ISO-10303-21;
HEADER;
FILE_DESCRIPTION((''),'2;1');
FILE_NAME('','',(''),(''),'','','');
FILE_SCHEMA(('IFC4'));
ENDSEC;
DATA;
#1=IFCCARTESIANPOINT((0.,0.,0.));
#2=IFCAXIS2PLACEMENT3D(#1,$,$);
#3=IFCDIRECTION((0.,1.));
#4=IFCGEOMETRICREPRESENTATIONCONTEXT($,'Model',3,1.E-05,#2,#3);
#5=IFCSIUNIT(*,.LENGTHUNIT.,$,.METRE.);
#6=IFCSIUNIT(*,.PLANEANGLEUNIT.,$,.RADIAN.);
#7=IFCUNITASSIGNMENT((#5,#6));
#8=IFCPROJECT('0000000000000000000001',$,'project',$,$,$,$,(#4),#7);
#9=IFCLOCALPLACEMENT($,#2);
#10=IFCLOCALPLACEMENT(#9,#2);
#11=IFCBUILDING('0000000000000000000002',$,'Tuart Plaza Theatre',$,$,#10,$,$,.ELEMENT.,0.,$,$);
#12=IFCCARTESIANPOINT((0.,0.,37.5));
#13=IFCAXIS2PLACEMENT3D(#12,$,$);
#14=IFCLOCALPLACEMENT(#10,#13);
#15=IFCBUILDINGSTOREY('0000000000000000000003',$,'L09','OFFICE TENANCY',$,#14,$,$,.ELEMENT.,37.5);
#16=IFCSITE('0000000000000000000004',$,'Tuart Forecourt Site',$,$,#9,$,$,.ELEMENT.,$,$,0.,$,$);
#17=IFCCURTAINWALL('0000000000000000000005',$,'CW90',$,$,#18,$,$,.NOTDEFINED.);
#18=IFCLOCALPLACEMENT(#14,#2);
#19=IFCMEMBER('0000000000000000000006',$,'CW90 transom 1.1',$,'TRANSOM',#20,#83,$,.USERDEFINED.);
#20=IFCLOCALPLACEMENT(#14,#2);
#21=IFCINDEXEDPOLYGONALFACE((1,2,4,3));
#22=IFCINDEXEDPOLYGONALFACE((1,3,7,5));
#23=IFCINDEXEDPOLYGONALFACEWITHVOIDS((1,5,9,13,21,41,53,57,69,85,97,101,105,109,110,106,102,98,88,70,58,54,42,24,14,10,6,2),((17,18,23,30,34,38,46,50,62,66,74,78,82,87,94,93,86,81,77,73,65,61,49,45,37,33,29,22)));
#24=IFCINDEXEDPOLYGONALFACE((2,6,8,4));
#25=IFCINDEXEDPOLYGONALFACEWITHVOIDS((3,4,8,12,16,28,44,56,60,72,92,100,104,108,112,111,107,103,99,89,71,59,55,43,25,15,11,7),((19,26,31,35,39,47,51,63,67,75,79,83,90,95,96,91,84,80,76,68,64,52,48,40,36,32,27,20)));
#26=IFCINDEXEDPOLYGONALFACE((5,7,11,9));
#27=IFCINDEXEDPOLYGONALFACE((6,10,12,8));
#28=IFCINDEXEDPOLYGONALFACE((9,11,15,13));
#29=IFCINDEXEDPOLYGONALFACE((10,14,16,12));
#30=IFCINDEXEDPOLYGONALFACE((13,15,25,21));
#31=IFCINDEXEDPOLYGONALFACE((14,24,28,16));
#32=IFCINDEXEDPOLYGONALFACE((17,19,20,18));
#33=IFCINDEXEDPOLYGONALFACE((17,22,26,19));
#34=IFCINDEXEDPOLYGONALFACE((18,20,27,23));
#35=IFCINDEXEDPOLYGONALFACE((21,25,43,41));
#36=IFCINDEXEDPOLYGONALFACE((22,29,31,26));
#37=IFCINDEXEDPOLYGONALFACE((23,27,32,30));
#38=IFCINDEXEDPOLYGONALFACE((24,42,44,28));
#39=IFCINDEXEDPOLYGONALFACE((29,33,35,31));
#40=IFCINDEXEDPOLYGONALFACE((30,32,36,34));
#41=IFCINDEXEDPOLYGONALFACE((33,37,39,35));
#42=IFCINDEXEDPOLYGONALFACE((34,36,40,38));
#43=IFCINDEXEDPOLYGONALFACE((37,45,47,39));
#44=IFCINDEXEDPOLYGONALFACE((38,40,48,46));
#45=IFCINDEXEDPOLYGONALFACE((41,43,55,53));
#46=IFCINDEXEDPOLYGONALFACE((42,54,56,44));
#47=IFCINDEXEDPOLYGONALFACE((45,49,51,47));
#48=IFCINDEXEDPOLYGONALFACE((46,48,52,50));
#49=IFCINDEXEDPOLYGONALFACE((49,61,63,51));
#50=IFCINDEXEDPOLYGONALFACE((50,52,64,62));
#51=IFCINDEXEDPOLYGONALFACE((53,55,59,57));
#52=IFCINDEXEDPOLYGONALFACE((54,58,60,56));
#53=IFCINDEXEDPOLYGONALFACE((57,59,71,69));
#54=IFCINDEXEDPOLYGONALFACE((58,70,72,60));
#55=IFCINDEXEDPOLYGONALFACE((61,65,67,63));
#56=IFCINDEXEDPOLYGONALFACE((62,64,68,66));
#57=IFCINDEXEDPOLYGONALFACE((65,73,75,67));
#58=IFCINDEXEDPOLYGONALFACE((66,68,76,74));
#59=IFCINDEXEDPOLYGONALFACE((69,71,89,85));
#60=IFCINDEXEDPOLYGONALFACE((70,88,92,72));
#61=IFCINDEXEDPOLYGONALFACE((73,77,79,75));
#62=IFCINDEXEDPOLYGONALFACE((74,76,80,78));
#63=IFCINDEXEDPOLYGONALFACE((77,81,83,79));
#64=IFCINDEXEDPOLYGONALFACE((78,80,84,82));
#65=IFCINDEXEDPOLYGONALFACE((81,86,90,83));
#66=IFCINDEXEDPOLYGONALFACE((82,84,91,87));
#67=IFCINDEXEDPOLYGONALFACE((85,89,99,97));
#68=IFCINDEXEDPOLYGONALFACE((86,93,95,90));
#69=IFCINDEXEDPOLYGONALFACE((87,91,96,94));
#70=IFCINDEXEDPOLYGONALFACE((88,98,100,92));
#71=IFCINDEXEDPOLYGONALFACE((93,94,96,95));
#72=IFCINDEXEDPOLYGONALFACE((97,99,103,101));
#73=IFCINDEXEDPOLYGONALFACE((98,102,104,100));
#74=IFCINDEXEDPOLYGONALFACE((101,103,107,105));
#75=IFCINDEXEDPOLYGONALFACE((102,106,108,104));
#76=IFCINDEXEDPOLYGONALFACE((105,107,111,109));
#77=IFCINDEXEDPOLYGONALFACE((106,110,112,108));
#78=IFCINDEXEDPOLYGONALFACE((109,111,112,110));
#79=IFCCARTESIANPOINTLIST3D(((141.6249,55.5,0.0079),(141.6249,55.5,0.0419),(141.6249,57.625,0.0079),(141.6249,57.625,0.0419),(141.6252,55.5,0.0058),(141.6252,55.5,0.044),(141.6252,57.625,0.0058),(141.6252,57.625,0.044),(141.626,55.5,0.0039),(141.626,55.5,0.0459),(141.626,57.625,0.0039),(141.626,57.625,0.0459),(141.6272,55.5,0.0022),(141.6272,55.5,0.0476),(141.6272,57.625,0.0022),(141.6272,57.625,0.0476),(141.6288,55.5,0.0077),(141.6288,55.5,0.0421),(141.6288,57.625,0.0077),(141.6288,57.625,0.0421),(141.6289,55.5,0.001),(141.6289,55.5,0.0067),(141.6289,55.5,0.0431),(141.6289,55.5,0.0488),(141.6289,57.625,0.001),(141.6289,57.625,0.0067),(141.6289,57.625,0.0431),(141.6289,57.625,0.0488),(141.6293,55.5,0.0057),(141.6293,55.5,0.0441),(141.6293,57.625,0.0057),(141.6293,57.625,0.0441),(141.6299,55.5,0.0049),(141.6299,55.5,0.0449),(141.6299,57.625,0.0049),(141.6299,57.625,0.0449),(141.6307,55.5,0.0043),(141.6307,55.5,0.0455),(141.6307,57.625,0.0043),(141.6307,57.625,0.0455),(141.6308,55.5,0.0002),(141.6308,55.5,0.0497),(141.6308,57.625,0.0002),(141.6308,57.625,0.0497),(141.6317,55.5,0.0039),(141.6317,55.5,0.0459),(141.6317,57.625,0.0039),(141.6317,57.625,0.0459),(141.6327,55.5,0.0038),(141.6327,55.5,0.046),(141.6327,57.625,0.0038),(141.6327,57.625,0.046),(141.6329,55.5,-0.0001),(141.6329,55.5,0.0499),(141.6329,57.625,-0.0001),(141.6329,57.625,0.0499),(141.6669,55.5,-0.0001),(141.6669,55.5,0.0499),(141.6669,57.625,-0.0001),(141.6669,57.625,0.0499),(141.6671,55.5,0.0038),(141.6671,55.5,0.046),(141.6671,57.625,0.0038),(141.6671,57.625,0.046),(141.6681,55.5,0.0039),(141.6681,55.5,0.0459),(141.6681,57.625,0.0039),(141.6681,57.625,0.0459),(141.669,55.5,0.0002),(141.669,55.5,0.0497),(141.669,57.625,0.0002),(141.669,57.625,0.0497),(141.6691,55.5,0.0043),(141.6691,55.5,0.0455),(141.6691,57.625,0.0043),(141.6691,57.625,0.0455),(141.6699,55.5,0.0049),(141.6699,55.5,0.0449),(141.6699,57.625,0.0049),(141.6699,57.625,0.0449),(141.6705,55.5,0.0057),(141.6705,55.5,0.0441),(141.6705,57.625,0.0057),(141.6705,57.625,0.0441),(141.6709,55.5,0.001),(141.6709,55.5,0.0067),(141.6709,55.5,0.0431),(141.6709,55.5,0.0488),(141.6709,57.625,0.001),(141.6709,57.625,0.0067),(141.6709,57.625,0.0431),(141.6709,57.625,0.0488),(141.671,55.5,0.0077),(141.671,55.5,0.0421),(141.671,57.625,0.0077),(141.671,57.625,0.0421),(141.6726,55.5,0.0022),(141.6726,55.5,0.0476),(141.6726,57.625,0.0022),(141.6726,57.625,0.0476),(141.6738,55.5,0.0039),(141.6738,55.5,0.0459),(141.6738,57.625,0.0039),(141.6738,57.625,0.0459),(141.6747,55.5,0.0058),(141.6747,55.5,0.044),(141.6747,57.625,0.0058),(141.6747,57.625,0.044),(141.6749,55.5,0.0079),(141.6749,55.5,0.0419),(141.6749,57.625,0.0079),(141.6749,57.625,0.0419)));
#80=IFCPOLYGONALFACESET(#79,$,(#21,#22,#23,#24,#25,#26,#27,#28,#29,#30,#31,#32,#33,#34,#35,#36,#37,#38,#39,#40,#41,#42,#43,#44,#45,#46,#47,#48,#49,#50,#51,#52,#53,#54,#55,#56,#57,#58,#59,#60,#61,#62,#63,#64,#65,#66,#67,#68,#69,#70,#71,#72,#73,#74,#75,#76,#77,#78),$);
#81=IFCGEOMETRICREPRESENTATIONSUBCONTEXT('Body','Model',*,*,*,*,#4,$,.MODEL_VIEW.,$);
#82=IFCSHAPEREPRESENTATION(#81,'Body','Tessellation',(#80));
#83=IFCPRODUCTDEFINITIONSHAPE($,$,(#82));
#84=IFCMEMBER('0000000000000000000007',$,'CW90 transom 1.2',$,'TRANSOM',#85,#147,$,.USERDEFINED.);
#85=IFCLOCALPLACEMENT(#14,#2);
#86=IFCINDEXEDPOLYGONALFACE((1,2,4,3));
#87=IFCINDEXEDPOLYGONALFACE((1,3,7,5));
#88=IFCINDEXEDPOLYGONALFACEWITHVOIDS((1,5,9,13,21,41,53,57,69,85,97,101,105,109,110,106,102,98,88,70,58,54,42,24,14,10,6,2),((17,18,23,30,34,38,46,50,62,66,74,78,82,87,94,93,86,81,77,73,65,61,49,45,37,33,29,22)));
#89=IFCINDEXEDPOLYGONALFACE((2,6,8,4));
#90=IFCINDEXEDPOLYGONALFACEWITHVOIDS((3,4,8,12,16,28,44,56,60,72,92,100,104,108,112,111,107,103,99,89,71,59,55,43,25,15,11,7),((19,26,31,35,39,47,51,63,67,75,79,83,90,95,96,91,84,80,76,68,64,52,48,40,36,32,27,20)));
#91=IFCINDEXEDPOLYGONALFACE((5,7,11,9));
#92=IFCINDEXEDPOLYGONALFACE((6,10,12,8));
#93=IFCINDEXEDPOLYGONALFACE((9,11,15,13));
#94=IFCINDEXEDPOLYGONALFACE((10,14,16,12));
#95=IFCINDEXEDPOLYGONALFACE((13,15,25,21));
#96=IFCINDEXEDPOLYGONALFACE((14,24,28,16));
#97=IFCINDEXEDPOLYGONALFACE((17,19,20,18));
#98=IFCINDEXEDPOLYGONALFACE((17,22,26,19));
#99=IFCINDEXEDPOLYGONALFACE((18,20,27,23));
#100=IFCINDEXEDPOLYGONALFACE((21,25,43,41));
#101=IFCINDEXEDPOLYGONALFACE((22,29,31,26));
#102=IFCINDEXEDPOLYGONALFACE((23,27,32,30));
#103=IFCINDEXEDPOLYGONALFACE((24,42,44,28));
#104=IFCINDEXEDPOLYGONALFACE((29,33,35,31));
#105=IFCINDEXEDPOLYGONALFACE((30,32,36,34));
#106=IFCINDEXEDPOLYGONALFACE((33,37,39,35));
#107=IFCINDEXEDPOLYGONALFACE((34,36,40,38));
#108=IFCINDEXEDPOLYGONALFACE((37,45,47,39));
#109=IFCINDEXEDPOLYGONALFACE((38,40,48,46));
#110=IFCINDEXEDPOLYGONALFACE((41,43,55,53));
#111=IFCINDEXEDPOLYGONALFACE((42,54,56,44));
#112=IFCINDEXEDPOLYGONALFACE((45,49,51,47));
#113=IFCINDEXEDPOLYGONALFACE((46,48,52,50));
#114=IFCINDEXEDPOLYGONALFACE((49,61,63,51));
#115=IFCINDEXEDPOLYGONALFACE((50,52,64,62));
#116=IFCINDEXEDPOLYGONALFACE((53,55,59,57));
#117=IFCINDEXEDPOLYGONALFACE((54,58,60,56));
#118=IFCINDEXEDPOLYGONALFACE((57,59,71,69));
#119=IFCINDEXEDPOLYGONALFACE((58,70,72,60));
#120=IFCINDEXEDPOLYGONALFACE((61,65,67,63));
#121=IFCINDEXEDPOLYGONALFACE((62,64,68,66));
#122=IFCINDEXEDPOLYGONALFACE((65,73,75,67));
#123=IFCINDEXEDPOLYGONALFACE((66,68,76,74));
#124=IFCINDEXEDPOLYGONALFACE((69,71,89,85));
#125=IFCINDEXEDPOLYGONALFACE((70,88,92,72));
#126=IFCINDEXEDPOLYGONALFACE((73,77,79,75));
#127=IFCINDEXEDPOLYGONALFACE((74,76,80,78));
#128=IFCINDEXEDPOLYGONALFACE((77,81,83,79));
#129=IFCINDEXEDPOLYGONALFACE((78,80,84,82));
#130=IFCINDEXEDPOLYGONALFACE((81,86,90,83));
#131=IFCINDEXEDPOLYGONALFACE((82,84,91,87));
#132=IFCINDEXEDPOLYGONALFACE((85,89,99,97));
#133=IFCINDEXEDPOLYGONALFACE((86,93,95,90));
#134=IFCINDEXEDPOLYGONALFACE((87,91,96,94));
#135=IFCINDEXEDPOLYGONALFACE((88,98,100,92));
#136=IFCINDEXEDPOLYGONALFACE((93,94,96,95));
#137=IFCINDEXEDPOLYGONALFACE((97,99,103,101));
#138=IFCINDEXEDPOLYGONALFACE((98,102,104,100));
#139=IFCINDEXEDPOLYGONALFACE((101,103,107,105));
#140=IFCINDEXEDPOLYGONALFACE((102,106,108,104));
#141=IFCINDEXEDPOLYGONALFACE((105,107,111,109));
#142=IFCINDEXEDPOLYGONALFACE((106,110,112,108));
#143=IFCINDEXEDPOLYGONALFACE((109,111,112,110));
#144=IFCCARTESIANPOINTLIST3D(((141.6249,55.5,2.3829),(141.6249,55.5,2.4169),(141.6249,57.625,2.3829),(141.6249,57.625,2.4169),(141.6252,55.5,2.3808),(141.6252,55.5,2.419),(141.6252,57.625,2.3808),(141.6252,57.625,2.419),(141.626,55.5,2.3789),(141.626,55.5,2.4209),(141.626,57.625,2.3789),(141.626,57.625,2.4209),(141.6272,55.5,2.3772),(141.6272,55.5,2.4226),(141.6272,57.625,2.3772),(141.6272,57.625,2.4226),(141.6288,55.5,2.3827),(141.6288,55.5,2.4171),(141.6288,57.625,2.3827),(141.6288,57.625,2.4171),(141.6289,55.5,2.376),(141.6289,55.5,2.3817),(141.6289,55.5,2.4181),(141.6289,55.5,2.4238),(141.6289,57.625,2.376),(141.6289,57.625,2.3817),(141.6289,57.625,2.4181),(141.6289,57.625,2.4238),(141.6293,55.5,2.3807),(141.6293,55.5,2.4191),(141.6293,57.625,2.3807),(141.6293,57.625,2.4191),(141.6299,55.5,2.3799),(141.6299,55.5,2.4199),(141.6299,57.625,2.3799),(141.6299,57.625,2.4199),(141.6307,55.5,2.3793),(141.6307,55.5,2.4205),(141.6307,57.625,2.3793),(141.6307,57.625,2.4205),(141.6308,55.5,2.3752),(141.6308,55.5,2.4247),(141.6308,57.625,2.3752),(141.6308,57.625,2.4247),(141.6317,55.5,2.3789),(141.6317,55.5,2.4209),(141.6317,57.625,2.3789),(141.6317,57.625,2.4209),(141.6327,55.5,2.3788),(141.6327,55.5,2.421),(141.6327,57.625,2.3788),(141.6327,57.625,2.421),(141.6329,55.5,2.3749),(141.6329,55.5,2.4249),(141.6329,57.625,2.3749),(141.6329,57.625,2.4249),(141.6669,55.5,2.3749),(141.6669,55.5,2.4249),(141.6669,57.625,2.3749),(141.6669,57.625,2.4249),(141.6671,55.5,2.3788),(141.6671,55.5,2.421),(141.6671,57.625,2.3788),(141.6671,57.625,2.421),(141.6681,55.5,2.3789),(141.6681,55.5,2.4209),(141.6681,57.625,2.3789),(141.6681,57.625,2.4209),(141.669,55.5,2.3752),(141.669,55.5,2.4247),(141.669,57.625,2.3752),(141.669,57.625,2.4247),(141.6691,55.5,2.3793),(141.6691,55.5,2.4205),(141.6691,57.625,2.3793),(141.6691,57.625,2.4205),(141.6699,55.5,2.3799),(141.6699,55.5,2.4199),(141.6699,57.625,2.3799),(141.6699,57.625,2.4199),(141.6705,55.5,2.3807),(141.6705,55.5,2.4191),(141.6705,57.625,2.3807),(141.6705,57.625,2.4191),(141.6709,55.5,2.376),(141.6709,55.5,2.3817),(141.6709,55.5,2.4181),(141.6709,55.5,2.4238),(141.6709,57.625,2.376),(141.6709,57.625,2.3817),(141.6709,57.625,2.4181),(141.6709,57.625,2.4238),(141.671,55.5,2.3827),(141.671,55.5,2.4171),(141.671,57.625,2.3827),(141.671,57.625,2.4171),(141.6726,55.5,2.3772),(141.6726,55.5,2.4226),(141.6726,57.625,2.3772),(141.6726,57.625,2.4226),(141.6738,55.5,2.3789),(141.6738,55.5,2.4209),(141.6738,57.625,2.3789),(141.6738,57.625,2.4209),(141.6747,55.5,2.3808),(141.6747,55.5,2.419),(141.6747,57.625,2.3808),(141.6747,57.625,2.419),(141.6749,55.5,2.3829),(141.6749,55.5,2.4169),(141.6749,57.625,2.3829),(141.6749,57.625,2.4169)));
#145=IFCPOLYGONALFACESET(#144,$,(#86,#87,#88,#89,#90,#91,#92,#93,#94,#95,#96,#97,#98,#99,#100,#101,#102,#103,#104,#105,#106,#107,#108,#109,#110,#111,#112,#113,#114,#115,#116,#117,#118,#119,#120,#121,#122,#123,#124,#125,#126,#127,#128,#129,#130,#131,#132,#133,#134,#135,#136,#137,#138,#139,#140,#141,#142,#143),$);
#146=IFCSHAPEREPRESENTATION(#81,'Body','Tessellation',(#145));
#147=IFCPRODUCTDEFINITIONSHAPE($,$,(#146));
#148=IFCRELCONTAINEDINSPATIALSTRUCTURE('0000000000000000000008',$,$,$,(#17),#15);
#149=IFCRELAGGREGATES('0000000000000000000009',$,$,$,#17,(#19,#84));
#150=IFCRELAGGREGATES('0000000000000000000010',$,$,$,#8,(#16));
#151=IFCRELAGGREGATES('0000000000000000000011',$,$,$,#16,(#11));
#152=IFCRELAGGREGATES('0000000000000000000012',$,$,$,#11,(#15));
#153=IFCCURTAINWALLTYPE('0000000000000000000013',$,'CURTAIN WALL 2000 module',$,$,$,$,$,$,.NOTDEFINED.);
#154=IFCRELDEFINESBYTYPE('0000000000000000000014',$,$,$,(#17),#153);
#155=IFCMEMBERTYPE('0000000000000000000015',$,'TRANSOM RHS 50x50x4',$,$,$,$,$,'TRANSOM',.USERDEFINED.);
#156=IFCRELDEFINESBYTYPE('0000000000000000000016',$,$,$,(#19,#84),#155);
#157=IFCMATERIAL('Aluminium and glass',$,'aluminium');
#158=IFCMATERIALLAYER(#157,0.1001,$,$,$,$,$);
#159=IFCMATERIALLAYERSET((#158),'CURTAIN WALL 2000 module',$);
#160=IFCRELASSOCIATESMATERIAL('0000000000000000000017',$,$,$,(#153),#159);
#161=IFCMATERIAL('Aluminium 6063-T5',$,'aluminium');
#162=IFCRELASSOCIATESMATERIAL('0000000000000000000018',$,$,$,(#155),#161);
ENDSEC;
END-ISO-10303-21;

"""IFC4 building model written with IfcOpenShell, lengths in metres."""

from ifc_helpers import new_model, si_unit, direction, frame, origin, origin_2d, place, context, subcontext, project, spatial, hollow_rectangle, extrude, material, layer, layer_set, material_profile, profile_set, type_object, element, aggregate, save


model = new_model("IFC4")

# Units and contexts
model_context = context("Model", 3, precision=1e-05, world=origin(), true_north=direction((0.0, 1.0)))
body_context = subcontext(model_context, "Body", "Model", "MODEL_VIEW")
ifc_project = project(units=[si_unit("LENGTHUNIT", "METRE"), si_unit("PLANEANGLEUNIT", "RADIAN")], contexts=[model_context])

# Site, building, storey
site_placement = place(None, origin())
site = spatial("IfcSite", under=ifc_project, at=site_placement, Name="Tuart Forecourt Site", CompositionType="ELEMENT", RefElevation=0.0)
building_placement = place(site_placement, origin())
building = spatial("IfcBuilding", under=site, at=building_placement, Name="Tuart Plaza Theatre", CompositionType="ELEMENT", ElevationOfRefHeight=0.0)
storey_placement = place(building_placement, frame((0.0, 0.0, 37.5)))
storey = spatial("IfcBuildingStorey", under=building, at=storey_placement, Name="L09", Description="OFFICE TENANCY", CompositionType="ELEMENT", Elevation=37.5)

# Shared definitions
ifc_material_1 = material(Name="Aluminium and glass", Category="aluminium")
ifc_layer_1 = layer(ifc_material_1, 0.1001)
ifc_layer_set_1 = layer_set([ifc_layer_1], Name="CURTAIN WALL 2000 module")
curtain_wall_type = type_object("IfcCurtainWallType", Name="CURTAIN WALL 2000 module", PredefinedType="NOTDEFINED", material=ifc_layer_set_1)

# Curtain wall
curtain_wall_1_placement = place(storey_placement, origin())
curtain_wall_1 = element("IfcCurtainWall", 1, at=curtain_wall_1_placement, inside=storey, type_object=curtain_wall_type, Name="CW90", PredefinedType="NOTDEFINED")

# Members
ifc_material_2 = material(Name="Aluminium 6063-T5", Category="aluminium")
ifc_material_profile_1 = material_profile(ifc_material_2, hollow_rectangle(XDim=0.05, YDim=0.05, WallThickness=0.0039, InnerFilletRadius=0.0039, OuterFilletRadius=0.0081, at=origin_2d()), Name="RHS 50x50x4")
ifc_profile_set_1 = profile_set([ifc_material_profile_1], Name="Aluminium 6063-T5")
member_type_1 = type_object("IfcMemberType", Name="TRANSOM RHS 50x50x4", ElementType="TRANSOM", PredefinedType="USERDEFINED", material=ifc_profile_set_1)
member_1_placement = place(storey_placement, frame((141.6499, 55.5, 0.0249), z_axis=(0.0, 1.0, 0.0), x_axis=(-1.0, 0.0, 0.0)))
member_1 = element("IfcMember", 2, at=member_1_placement, type_object=member_type_1, Name="CW90 transom 1.1", ObjectType="TRANSOM", PredefinedType="USERDEFINED", context=body_context, shape_type="SweptSolid", body=[
    extrude(hollow_rectangle(XDim=0.05, YDim=0.05, WallThickness=0.0039, InnerFilletRadius=0.0039, OuterFilletRadius=0.0081, at=origin_2d()), origin(), (0.0, 0.0, 1.0), 2.125),
])
member_2_placement = place(storey_placement, frame((141.6499, 55.5, 2.3999), z_axis=(0.0, 1.0, 0.0), x_axis=(-1.0, 0.0, 0.0)))
member_2 = element("IfcMember", 3, at=member_2_placement, type_object=member_type_1, Name="CW90 transom 1.2", ObjectType="TRANSOM", PredefinedType="USERDEFINED", context=body_context, shape_type="SweptSolid", body=[
    extrude(hollow_rectangle(XDim=0.05, YDim=0.05, WallThickness=0.0039, InnerFilletRadius=0.0039, OuterFilletRadius=0.0081, at=origin_2d()), origin(), (0.0, 0.0, 1.0), 2.125),
])
aggregate(curtain_wall_1, [member_1, member_2])

save(model, "model.ifc")
